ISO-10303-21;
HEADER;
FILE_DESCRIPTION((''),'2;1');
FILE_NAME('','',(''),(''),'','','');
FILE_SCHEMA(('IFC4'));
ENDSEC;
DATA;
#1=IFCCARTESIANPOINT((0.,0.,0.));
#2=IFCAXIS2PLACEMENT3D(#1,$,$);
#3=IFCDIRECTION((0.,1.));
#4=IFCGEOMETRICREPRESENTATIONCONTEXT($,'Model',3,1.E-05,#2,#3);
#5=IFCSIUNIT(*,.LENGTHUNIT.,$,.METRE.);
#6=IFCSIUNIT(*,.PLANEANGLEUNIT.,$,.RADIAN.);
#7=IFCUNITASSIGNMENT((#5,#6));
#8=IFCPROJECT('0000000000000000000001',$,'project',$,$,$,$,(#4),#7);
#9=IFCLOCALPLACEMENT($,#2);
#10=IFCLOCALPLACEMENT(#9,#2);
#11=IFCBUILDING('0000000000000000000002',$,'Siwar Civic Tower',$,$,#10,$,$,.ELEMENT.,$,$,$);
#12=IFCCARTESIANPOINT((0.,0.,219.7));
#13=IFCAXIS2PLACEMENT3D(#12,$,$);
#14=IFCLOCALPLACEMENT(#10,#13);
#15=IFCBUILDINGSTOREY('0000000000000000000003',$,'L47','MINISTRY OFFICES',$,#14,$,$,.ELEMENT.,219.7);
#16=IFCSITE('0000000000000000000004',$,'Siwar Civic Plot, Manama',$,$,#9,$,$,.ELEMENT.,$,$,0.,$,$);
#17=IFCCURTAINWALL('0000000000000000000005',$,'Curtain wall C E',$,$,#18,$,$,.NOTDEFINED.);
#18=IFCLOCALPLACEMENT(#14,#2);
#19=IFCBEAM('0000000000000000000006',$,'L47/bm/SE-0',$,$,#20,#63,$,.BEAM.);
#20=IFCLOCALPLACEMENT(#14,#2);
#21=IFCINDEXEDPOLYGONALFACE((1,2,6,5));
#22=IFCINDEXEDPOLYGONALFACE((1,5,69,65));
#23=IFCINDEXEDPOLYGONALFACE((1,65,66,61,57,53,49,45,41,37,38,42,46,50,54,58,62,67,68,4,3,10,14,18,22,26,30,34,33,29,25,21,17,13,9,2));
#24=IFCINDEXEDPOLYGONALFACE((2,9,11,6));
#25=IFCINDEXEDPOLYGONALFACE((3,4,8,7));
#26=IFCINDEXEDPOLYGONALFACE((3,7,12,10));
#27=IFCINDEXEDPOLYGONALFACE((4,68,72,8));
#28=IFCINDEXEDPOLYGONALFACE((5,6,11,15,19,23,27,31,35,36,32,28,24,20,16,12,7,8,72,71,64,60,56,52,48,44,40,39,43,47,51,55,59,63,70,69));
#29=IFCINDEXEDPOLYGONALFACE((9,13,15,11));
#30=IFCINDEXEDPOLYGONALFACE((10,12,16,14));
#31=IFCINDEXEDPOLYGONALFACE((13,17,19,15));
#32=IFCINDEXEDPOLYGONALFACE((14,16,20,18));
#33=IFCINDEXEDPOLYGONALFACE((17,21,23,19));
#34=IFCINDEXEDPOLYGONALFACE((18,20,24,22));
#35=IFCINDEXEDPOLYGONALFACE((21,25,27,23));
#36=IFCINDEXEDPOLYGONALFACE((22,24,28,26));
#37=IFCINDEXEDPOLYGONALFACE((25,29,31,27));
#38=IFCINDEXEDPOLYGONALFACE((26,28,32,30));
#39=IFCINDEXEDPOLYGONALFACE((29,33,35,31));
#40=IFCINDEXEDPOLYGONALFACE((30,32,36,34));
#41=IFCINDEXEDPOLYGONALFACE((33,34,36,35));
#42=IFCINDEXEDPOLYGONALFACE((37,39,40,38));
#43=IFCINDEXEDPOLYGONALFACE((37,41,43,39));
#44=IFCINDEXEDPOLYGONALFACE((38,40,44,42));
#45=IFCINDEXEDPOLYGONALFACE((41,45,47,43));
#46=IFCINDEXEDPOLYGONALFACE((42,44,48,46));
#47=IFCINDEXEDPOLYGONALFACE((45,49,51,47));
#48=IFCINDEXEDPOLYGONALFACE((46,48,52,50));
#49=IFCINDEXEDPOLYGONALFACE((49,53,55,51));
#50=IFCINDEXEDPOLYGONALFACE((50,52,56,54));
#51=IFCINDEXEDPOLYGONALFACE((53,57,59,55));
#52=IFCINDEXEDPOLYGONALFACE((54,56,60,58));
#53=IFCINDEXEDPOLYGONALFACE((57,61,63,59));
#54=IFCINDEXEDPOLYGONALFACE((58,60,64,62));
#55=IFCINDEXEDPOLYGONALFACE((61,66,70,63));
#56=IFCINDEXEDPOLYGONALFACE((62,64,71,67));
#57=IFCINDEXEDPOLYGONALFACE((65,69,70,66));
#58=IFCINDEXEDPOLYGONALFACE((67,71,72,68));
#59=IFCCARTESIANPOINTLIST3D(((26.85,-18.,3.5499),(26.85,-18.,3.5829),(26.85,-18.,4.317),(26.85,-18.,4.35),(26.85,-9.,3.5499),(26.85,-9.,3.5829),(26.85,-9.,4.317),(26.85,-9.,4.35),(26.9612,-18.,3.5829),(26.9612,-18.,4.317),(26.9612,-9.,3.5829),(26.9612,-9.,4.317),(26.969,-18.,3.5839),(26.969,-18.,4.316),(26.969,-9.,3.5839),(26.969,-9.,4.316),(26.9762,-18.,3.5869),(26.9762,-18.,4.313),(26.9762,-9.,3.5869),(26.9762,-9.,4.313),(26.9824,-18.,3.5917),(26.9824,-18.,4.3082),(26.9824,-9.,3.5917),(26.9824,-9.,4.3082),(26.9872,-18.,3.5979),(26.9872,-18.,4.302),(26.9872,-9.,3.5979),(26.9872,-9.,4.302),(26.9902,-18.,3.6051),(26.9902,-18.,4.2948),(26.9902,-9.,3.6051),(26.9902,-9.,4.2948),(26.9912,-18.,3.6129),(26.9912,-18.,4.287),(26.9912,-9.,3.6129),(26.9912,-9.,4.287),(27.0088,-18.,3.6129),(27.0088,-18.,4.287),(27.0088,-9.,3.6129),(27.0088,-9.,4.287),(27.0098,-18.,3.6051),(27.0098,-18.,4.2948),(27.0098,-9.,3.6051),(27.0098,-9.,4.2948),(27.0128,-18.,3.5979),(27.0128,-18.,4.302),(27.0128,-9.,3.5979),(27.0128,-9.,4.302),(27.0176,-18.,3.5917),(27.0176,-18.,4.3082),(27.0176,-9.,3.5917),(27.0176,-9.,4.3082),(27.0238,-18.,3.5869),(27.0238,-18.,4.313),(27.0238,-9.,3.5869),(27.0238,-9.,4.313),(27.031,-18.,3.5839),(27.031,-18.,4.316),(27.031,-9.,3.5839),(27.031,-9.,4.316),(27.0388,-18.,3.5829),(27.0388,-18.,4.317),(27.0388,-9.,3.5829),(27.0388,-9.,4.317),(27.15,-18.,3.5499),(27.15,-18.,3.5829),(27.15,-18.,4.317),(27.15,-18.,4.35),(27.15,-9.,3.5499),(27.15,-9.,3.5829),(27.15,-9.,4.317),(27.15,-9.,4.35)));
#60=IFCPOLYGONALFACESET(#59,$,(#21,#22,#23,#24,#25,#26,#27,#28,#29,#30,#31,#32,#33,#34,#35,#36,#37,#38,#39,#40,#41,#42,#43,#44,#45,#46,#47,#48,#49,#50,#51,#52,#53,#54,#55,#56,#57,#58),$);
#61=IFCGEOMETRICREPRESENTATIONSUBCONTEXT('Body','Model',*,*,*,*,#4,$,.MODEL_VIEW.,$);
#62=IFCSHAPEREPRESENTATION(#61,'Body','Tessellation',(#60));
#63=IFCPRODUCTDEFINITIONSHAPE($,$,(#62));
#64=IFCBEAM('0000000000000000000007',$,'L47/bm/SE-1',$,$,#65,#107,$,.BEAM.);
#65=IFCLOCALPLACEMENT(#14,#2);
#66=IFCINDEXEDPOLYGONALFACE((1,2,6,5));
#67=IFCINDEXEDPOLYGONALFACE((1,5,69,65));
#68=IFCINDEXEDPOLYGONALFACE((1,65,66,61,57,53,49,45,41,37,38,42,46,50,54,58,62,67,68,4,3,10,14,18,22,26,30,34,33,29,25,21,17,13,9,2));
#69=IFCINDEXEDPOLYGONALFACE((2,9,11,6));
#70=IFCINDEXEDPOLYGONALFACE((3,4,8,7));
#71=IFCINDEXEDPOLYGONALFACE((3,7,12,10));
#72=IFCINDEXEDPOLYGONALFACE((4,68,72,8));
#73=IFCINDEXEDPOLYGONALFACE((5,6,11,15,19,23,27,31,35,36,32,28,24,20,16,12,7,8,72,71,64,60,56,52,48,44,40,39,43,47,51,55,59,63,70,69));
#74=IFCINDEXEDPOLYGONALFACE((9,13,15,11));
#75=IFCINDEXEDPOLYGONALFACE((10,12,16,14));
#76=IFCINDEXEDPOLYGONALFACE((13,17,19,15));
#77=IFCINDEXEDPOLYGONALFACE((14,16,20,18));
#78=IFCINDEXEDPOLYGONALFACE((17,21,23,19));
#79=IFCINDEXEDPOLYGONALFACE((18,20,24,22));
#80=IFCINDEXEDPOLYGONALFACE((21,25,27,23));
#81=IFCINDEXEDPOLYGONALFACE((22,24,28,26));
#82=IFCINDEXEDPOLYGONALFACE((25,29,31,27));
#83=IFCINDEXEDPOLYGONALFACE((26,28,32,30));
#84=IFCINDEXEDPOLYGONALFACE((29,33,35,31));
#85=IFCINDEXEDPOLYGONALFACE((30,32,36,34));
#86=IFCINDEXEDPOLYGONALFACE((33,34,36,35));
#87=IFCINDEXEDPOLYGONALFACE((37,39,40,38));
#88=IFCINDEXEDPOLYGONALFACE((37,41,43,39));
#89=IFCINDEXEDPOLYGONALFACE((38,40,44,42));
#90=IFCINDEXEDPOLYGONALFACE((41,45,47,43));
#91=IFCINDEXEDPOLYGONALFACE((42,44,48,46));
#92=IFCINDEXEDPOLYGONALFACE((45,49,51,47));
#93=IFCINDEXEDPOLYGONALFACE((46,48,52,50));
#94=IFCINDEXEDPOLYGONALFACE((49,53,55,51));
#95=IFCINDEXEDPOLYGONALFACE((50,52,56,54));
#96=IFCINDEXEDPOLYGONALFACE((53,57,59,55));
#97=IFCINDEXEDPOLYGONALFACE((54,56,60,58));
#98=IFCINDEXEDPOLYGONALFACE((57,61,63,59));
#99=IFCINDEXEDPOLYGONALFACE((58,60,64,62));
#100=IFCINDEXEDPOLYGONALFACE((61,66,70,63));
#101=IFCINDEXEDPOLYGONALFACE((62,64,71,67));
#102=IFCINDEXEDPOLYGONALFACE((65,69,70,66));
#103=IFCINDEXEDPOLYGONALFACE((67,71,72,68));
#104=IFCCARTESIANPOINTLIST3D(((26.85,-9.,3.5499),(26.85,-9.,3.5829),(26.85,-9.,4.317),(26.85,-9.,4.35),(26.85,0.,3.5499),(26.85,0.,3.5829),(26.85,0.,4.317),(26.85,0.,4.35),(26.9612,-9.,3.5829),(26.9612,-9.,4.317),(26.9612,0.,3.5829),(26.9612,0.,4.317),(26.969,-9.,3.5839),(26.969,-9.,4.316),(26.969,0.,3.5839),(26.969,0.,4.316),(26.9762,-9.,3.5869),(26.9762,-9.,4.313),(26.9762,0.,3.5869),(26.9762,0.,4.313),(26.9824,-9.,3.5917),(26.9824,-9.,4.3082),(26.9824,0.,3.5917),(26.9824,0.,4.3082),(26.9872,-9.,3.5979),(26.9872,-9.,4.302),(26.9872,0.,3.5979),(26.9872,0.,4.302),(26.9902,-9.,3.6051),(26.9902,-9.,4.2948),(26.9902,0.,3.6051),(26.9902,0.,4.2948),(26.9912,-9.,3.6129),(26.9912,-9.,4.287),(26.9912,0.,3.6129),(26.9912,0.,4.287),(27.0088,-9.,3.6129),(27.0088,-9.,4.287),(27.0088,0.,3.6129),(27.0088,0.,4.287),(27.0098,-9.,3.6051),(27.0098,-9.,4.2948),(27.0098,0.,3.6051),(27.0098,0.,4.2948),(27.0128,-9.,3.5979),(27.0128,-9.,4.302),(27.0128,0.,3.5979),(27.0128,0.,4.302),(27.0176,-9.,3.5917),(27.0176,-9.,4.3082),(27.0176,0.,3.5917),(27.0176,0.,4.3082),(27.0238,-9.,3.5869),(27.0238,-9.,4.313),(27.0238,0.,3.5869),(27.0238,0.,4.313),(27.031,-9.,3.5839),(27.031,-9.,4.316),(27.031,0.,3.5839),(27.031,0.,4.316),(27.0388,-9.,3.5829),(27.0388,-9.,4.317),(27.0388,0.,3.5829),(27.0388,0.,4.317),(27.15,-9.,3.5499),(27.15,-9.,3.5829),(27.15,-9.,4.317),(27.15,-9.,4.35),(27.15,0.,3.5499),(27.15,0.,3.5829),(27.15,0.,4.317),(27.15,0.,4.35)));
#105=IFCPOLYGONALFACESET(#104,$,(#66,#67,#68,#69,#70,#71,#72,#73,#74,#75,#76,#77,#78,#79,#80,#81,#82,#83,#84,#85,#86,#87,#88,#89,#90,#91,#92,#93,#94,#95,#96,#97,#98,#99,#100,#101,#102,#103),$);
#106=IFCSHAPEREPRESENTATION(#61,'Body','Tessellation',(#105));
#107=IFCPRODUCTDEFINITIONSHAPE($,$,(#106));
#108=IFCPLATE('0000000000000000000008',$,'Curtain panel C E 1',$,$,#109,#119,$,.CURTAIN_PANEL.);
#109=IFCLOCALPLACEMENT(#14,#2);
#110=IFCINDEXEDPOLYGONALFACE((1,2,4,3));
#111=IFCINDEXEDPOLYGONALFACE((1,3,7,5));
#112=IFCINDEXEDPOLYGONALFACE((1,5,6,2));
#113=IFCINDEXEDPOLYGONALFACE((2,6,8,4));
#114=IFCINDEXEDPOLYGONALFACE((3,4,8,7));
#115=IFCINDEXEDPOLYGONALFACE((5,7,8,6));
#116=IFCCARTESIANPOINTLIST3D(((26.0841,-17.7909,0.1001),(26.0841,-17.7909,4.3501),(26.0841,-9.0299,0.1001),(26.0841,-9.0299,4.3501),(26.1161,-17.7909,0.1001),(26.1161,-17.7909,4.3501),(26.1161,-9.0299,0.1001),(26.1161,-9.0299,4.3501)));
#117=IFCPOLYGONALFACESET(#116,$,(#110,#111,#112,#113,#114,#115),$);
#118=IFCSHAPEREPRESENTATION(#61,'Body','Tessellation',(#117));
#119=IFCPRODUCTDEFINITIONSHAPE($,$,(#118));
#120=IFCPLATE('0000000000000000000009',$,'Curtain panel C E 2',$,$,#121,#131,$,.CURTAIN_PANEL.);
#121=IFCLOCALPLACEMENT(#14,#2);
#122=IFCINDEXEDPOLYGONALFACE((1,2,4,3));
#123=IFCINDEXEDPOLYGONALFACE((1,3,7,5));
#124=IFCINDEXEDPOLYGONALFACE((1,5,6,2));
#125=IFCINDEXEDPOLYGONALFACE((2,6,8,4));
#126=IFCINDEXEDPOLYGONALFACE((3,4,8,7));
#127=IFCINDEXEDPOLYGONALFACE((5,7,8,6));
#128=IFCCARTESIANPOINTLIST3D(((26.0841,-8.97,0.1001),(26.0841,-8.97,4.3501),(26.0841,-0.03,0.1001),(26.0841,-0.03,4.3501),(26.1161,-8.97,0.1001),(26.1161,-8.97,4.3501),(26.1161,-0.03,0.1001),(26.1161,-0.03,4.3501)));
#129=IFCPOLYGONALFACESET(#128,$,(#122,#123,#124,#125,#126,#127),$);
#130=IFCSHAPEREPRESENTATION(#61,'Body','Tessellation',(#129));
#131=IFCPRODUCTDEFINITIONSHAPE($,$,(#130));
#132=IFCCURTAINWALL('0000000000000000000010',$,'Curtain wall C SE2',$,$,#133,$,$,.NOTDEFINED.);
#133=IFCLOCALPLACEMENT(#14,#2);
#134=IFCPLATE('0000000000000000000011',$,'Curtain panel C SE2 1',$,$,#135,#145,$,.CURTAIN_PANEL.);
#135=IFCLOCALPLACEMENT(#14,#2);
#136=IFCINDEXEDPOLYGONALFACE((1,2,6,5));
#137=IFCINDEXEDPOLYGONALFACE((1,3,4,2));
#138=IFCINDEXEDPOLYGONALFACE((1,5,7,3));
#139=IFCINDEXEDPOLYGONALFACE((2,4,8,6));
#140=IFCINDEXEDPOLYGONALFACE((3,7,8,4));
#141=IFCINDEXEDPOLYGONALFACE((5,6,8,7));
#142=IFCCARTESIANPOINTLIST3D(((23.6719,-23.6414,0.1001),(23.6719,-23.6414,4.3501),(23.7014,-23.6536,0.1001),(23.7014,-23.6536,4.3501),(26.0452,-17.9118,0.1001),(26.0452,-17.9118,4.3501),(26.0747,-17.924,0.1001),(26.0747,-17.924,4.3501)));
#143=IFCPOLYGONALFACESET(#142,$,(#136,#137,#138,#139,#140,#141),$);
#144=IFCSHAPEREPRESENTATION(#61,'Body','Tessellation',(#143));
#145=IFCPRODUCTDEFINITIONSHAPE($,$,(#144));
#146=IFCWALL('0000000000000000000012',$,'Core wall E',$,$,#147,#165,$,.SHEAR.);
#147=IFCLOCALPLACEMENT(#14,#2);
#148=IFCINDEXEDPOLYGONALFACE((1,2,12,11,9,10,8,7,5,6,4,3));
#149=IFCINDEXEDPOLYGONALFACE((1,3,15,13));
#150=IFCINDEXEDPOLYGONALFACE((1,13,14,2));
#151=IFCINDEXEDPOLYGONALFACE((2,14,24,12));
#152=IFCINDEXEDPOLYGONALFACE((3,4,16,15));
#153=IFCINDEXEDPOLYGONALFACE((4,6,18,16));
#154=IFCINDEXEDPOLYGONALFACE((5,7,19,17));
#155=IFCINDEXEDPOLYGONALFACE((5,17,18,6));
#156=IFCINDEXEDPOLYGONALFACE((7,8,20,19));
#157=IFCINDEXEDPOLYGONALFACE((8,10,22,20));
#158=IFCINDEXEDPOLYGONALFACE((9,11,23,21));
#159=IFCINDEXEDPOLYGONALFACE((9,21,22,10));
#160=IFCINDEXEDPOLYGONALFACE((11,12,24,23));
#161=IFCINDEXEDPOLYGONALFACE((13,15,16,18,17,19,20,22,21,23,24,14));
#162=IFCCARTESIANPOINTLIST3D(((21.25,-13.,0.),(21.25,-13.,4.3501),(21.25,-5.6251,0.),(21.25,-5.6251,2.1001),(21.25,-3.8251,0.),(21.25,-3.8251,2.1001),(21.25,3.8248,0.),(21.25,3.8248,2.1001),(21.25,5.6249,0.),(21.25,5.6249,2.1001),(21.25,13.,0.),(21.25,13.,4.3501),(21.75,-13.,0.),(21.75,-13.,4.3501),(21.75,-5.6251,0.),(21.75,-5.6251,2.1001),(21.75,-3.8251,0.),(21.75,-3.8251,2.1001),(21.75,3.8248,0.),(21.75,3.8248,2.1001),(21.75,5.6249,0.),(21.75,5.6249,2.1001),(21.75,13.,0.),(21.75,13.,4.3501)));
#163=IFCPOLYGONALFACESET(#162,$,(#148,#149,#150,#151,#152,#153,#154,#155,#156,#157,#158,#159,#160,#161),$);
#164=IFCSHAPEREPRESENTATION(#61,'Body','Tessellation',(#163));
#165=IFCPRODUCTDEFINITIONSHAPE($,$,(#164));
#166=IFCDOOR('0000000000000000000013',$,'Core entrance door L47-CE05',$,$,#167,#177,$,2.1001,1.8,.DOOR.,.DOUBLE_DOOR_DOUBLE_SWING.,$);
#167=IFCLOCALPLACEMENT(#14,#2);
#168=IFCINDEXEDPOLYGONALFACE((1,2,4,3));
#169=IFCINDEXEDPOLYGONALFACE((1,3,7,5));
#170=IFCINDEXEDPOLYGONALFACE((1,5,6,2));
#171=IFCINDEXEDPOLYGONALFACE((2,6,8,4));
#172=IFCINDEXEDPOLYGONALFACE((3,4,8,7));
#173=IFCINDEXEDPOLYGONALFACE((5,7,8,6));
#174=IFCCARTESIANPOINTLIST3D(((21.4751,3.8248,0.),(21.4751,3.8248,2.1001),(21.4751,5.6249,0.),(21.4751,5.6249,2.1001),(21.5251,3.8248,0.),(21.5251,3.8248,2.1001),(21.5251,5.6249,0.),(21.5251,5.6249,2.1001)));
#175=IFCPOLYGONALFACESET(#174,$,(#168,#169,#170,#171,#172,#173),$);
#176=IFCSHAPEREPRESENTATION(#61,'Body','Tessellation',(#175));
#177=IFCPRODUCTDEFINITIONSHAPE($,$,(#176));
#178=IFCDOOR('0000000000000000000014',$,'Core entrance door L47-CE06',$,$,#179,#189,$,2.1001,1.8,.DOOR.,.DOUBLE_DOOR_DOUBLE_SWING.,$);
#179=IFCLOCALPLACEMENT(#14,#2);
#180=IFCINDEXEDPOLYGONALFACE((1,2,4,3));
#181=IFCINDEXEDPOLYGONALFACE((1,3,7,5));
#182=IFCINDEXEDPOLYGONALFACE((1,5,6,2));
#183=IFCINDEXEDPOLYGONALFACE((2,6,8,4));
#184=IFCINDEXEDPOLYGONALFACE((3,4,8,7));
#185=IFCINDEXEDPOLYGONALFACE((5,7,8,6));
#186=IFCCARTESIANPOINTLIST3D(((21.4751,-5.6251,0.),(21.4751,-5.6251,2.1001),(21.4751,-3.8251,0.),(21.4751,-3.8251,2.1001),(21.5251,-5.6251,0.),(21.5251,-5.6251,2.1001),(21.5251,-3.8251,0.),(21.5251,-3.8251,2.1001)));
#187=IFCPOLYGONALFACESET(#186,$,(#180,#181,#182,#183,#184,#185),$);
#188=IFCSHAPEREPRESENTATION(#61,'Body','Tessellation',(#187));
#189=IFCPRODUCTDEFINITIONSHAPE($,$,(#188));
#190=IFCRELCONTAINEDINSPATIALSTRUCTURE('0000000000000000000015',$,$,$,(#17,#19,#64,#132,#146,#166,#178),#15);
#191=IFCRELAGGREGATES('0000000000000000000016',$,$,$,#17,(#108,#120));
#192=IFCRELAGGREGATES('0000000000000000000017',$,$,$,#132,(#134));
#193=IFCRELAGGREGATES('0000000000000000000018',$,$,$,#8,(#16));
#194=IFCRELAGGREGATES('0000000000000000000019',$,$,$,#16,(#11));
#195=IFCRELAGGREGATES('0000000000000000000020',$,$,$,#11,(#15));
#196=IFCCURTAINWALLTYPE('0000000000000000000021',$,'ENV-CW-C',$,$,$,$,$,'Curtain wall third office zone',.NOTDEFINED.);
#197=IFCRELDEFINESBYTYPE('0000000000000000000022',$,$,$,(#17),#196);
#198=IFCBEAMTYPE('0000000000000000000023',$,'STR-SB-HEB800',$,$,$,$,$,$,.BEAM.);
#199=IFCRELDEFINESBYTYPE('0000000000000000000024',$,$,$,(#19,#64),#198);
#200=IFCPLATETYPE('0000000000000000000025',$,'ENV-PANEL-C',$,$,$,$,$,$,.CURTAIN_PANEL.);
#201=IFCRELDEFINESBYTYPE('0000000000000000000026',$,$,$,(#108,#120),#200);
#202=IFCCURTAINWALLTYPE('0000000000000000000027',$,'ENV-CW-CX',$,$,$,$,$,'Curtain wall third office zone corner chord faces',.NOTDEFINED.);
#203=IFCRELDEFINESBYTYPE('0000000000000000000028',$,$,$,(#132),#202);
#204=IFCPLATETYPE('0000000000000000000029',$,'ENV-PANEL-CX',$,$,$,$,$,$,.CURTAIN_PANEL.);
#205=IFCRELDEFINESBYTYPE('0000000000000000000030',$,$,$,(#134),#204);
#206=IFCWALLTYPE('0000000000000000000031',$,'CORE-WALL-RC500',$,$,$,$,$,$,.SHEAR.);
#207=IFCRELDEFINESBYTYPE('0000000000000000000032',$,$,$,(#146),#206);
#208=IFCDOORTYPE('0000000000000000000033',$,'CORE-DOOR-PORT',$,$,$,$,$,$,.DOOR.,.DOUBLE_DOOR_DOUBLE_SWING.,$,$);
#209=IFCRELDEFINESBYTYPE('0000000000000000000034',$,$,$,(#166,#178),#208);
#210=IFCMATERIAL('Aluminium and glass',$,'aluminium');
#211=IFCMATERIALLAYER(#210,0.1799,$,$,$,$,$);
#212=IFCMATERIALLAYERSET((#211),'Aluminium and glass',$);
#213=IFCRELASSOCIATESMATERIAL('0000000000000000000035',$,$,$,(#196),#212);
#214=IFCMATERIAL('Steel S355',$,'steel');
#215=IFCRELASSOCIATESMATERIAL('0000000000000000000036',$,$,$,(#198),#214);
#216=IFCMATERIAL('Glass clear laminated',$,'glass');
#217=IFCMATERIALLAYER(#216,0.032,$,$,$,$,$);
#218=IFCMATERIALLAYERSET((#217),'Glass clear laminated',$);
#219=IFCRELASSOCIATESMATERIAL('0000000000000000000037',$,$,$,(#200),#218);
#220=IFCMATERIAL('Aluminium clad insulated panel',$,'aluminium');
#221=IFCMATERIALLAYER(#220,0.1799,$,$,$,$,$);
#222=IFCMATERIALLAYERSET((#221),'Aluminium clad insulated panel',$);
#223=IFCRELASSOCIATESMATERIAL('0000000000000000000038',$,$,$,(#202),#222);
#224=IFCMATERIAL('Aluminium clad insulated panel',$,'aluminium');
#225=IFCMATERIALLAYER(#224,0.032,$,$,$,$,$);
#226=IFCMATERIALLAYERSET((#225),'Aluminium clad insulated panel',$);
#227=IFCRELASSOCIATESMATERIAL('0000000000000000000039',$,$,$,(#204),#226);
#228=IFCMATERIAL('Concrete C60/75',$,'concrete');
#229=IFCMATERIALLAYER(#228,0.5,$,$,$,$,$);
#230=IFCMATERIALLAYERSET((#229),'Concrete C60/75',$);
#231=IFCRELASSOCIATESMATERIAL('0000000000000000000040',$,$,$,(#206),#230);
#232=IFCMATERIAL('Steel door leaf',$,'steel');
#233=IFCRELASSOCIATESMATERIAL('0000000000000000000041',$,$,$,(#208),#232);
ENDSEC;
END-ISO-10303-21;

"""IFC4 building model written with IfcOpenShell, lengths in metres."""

from ifc_helpers import new_model, si_unit, direction, frame, frame_2d, origin, origin_2d, place, context, subcontext, project, spatial, rectangle, i_section, extrude, material, layer, layer_set, material_profile, profile_set, type_object, element, fill, aggregate, save


model = new_model("IFC4")

# Units and contexts
model_context = context("Model", 3, precision=1e-05, world=origin(), true_north=direction((0.0, 1.0)))
body_context = subcontext(model_context, "Body", "Model", "MODEL_VIEW")
ifc_project = project(units=[si_unit("LENGTHUNIT", "METRE"), si_unit("PLANEANGLEUNIT", "RADIAN")], contexts=[model_context])

# Site, building, storey
site_placement = place(None, origin())
site = spatial("IfcSite", under=ifc_project, at=site_placement, Name="Siwar Civic Plot, Manama", CompositionType="ELEMENT", RefElevation=0.0)
building_placement = place(site_placement, origin())
building = spatial("IfcBuilding", under=site, at=building_placement, Name="Siwar Civic Tower", CompositionType="ELEMENT")
storey_placement = place(building_placement, frame((0.0, 0.0, 219.7)))
storey = spatial("IfcBuildingStorey", under=building, at=storey_placement, Name="L47", Description="MINISTRY OFFICES", CompositionType="ELEMENT", Elevation=219.7)

# Curtain wall
ifc_material_1 = material(Name="Aluminium and glass", Category="aluminium")
ifc_layer_1 = layer(ifc_material_1, 0.1799)
ifc_layer_set_1 = layer_set([ifc_layer_1], Name="Aluminium and glass")
curtain_wall_type_1 = type_object("IfcCurtainWallType", Name="ENV-CW-C", ElementType="Curtain wall third office zone", PredefinedType="NOTDEFINED", material=ifc_layer_set_1)
curtain_wall_1_placement = place(storey_placement, origin())
curtain_wall_1 = element("IfcCurtainWall", 1, at=curtain_wall_1_placement, inside=storey, type_object=curtain_wall_type_1, Name="Curtain wall C E", PredefinedType="NOTDEFINED")

# Beams
ifc_material_2 = material(Name="Steel S355", Category="steel")
ifc_material_profile_1 = material_profile(ifc_material_2, i_section(OverallWidth=0.3, OverallDepth=0.8, WebThickness=0.0176, FlangeThickness=0.033, FilletRadius=0.03, at=origin_2d()), Name="HEB800")
ifc_profile_set_1 = profile_set([ifc_material_profile_1], Name="Steel S355")
beam_type_1 = type_object("IfcBeamType", Name="STR-SB-HEB800", PredefinedType="BEAM", material=ifc_profile_set_1)
for number, where, z_axis, x_axis, name in (
    (2, (27.0, -18.0, 3.95), (0.0, 1.0, 0.0), (-1.0, 0.0, 0.0), "L47/bm/SE-0"),
    (3, (27.0, -9.0, 3.95), (0.0, 1.0, 0.0), (-1.0, 0.0, 0.0), "L47/bm/SE-1"),
):
    element("IfcBeam", number, at=place(storey_placement, frame(where, z_axis=z_axis, x_axis=x_axis)), inside=storey, type_object=beam_type_1, Name=name, PredefinedType="BEAM", context=body_context, shape_type="SweptSolid", body=[
        extrude(i_section(OverallWidth=0.3, OverallDepth=0.8, WebThickness=0.0176, FlangeThickness=0.033, FilletRadius=0.03, at=origin_2d()), origin(), (0.0, 0.0, 1.0), 9.0),
    ])

# Plates
ifc_material_3 = material(Name="Glass clear laminated", Category="glass")
ifc_layer_2 = layer(ifc_material_3, 0.032)
ifc_layer_set_2 = layer_set([ifc_layer_2], Name="Glass clear laminated")
plate_type_1 = type_object("IfcPlateType", Name="ENV-PANEL-C", PredefinedType="CURTAIN_PANEL", material=ifc_layer_set_2)
plate_1_placement = place(storey_placement, frame((26.1001, -13.4104, 0.1001), z_axis=(0.0, 0.0, 1.0), x_axis=(0.0, 1.0, 0.0)))
plate_1 = element("IfcPlate", 4, at=plate_1_placement, type_object=plate_type_1, Name="Curtain panel C E 1", PredefinedType="CURTAIN_PANEL", context=body_context, shape_type="SweptSolid", body=[
    extrude(rectangle(XDim=8.761, YDim=0.032, at=origin_2d()), origin(), (0.0, 0.0, 1.0), 4.25),
])
plate_2_placement = place(storey_placement, frame((26.1001, -4.5, 0.1001), z_axis=(0.0, 0.0, 1.0), x_axis=(0.0, 1.0, 0.0)))
plate_2 = element("IfcPlate", 5, at=plate_2_placement, type_object=plate_type_1, Name="Curtain panel C E 2", PredefinedType="CURTAIN_PANEL", context=body_context, shape_type="SweptSolid", body=[
    extrude(rectangle(XDim=8.9399, YDim=0.032, at=origin_2d()), origin(), (0.0, 0.0, 1.0), 4.25),
])
aggregate(curtain_wall_1, [plate_1, plate_2])

# Curtain wall, plate
ifc_material_4 = material(Name="Aluminium clad insulated panel", Category="aluminium")
ifc_layer_3 = layer(ifc_material_4, 0.1799)
ifc_layer_set_3 = layer_set([ifc_layer_3], Name="Aluminium clad insulated panel")
curtain_wall_type_2 = type_object("IfcCurtainWallType", Name="ENV-CW-CX", ElementType="Curtain wall third office zone corner chord faces", PredefinedType="NOTDEFINED", material=ifc_layer_set_3)
curtain_wall_2_placement = place(storey_placement, origin())
curtain_wall_2 = element("IfcCurtainWall", 6, at=curtain_wall_2_placement, inside=storey, type_object=curtain_wall_type_2, Name="Curtain wall C SE2", PredefinedType="NOTDEFINED")
ifc_material_5 = material(Name="Aluminium clad insulated panel", Category="aluminium")
ifc_layer_4 = layer(ifc_material_5, 0.032)
ifc_layer_set_4 = layer_set([ifc_layer_4], Name="Aluminium clad insulated panel")
plate_type_2 = type_object("IfcPlateType", Name="ENV-PANEL-CX", PredefinedType="CURTAIN_PANEL", material=ifc_layer_set_4)
plate_3_placement = place(storey_placement, frame((24.8733, -20.7827, 0.1001), z_axis=(0.0, 0.0, 1.0), x_axis=(0.382683, 0.92388, 0.0)))
plate_3 = element("IfcPlate", 7, at=plate_3_placement, type_object=plate_type_2, Name="Curtain panel C SE2 1", PredefinedType="CURTAIN_PANEL", context=body_context, shape_type="SweptSolid", body=[
    extrude(rectangle(XDim=6.2017, YDim=0.032, at=origin_2d()), origin(), (0.0, 0.0, 1.0), 4.25),
])
aggregate(curtain_wall_2, [plate_3])

# Wall, openings, doors
ifc_material_6 = material(Name="Concrete C60/75", Category="concrete")
ifc_layer_5 = layer(ifc_material_6, 0.5)
ifc_layer_set_5 = layer_set([ifc_layer_5], Name="Concrete C60/75")
wall_type_1 = type_object("IfcWallType", Name="CORE-WALL-RC500", PredefinedType="SHEAR", material=ifc_layer_set_5)
wall_1_placement = place(storey_placement, frame((21.5, -13.0, 0.0), z_axis=(0.0, 0.0, 1.0), x_axis=(0.0, 1.0, 0.0)))
wall_1 = element("IfcWall", 8, at=wall_1_placement, inside=storey, type_object=wall_type_1, Name="Core wall E", PredefinedType="SHEAR", context=body_context, shape_type="SweptSolid", body=[
    extrude(rectangle(XDim=26.0, YDim=0.5, at=frame_2d((13.0, 0.0))), origin(), (0.0, 0.0, 1.0), 4.3501),
])
opening_1_placement = place(wall_1_placement, frame((16.825, 0.0, 0.0)))
opening_1 = element("IfcOpeningElement", 9, at=opening_1_placement, cuts=wall_1, PredefinedType="OPENING", context=body_context, shape_type="SweptSolid", body=[
    extrude(rectangle(XDim=1.8, YDim=2.1001, at=frame_2d((0.8999, 1.05))), frame((0.0, 0.26, 0.0), z_axis=(0.0, -1.0, 0.0), x_axis=(1.0, 0.0, 0.0)), (0.0, 0.0, 1.0), 0.52),
])
opening_2_placement = place(wall_1_placement, frame((7.375, 0.0, 0.0)))
opening_2 = element("IfcOpeningElement", 10, at=opening_2_placement, cuts=wall_1, PredefinedType="OPENING", context=body_context, shape_type="SweptSolid", body=[
    extrude(rectangle(XDim=1.8, YDim=2.1001, at=frame_2d((0.8999, 1.05))), frame((0.0, 0.26, 0.0), z_axis=(0.0, -1.0, 0.0), x_axis=(1.0, 0.0, 0.0)), (0.0, 0.0, 1.0), 0.52),
])
ifc_material_7 = material(Name="Steel door leaf", Category="steel")
door_type_1 = type_object("IfcDoorType", Name="CORE-DOOR-PORT", OperationType="DOUBLE_DOOR_DOUBLE_SWING", PredefinedType="DOOR", material=ifc_material_7)
door_1_placement = place(opening_1_placement, origin())
door_1 = element("IfcDoor", 11, at=door_1_placement, inside=storey, type_object=door_type_1, Name="Core entrance door L47-CE05", OperationType="DOUBLE_DOOR_DOUBLE_SWING", OverallHeight=2.1001, OverallWidth=1.8, PredefinedType="DOOR", context=body_context, shape_type="SweptSolid", body=[
    extrude(rectangle(XDim=1.8, YDim=2.1001, at=frame_2d((0.8999, 1.05))), frame((0.0, 0.0249, 0.0), z_axis=(0.0, -1.0, 0.0), x_axis=(1.0, 0.0, 0.0)), (0.0, 0.0, 1.0), 0.05),
])
fill(opening_1, door_1)
door_2_placement = place(opening_2_placement, origin())
door_2 = element("IfcDoor", 12, at=door_2_placement, inside=storey, type_object=door_type_1, Name="Core entrance door L47-CE06", OperationType="DOUBLE_DOOR_DOUBLE_SWING", OverallHeight=2.1001, OverallWidth=1.8, PredefinedType="DOOR", context=body_context, shape_type="SweptSolid", body=[
    extrude(rectangle(XDim=1.8, YDim=2.1001, at=frame_2d((0.8999, 1.05))), frame((0.0, 0.0249, 0.0), z_axis=(0.0, -1.0, 0.0), x_axis=(1.0, 0.0, 0.0)), (0.0, 0.0, 1.0), 0.05),
])
fill(opening_2, door_2)

save(model, "model.ifc")
